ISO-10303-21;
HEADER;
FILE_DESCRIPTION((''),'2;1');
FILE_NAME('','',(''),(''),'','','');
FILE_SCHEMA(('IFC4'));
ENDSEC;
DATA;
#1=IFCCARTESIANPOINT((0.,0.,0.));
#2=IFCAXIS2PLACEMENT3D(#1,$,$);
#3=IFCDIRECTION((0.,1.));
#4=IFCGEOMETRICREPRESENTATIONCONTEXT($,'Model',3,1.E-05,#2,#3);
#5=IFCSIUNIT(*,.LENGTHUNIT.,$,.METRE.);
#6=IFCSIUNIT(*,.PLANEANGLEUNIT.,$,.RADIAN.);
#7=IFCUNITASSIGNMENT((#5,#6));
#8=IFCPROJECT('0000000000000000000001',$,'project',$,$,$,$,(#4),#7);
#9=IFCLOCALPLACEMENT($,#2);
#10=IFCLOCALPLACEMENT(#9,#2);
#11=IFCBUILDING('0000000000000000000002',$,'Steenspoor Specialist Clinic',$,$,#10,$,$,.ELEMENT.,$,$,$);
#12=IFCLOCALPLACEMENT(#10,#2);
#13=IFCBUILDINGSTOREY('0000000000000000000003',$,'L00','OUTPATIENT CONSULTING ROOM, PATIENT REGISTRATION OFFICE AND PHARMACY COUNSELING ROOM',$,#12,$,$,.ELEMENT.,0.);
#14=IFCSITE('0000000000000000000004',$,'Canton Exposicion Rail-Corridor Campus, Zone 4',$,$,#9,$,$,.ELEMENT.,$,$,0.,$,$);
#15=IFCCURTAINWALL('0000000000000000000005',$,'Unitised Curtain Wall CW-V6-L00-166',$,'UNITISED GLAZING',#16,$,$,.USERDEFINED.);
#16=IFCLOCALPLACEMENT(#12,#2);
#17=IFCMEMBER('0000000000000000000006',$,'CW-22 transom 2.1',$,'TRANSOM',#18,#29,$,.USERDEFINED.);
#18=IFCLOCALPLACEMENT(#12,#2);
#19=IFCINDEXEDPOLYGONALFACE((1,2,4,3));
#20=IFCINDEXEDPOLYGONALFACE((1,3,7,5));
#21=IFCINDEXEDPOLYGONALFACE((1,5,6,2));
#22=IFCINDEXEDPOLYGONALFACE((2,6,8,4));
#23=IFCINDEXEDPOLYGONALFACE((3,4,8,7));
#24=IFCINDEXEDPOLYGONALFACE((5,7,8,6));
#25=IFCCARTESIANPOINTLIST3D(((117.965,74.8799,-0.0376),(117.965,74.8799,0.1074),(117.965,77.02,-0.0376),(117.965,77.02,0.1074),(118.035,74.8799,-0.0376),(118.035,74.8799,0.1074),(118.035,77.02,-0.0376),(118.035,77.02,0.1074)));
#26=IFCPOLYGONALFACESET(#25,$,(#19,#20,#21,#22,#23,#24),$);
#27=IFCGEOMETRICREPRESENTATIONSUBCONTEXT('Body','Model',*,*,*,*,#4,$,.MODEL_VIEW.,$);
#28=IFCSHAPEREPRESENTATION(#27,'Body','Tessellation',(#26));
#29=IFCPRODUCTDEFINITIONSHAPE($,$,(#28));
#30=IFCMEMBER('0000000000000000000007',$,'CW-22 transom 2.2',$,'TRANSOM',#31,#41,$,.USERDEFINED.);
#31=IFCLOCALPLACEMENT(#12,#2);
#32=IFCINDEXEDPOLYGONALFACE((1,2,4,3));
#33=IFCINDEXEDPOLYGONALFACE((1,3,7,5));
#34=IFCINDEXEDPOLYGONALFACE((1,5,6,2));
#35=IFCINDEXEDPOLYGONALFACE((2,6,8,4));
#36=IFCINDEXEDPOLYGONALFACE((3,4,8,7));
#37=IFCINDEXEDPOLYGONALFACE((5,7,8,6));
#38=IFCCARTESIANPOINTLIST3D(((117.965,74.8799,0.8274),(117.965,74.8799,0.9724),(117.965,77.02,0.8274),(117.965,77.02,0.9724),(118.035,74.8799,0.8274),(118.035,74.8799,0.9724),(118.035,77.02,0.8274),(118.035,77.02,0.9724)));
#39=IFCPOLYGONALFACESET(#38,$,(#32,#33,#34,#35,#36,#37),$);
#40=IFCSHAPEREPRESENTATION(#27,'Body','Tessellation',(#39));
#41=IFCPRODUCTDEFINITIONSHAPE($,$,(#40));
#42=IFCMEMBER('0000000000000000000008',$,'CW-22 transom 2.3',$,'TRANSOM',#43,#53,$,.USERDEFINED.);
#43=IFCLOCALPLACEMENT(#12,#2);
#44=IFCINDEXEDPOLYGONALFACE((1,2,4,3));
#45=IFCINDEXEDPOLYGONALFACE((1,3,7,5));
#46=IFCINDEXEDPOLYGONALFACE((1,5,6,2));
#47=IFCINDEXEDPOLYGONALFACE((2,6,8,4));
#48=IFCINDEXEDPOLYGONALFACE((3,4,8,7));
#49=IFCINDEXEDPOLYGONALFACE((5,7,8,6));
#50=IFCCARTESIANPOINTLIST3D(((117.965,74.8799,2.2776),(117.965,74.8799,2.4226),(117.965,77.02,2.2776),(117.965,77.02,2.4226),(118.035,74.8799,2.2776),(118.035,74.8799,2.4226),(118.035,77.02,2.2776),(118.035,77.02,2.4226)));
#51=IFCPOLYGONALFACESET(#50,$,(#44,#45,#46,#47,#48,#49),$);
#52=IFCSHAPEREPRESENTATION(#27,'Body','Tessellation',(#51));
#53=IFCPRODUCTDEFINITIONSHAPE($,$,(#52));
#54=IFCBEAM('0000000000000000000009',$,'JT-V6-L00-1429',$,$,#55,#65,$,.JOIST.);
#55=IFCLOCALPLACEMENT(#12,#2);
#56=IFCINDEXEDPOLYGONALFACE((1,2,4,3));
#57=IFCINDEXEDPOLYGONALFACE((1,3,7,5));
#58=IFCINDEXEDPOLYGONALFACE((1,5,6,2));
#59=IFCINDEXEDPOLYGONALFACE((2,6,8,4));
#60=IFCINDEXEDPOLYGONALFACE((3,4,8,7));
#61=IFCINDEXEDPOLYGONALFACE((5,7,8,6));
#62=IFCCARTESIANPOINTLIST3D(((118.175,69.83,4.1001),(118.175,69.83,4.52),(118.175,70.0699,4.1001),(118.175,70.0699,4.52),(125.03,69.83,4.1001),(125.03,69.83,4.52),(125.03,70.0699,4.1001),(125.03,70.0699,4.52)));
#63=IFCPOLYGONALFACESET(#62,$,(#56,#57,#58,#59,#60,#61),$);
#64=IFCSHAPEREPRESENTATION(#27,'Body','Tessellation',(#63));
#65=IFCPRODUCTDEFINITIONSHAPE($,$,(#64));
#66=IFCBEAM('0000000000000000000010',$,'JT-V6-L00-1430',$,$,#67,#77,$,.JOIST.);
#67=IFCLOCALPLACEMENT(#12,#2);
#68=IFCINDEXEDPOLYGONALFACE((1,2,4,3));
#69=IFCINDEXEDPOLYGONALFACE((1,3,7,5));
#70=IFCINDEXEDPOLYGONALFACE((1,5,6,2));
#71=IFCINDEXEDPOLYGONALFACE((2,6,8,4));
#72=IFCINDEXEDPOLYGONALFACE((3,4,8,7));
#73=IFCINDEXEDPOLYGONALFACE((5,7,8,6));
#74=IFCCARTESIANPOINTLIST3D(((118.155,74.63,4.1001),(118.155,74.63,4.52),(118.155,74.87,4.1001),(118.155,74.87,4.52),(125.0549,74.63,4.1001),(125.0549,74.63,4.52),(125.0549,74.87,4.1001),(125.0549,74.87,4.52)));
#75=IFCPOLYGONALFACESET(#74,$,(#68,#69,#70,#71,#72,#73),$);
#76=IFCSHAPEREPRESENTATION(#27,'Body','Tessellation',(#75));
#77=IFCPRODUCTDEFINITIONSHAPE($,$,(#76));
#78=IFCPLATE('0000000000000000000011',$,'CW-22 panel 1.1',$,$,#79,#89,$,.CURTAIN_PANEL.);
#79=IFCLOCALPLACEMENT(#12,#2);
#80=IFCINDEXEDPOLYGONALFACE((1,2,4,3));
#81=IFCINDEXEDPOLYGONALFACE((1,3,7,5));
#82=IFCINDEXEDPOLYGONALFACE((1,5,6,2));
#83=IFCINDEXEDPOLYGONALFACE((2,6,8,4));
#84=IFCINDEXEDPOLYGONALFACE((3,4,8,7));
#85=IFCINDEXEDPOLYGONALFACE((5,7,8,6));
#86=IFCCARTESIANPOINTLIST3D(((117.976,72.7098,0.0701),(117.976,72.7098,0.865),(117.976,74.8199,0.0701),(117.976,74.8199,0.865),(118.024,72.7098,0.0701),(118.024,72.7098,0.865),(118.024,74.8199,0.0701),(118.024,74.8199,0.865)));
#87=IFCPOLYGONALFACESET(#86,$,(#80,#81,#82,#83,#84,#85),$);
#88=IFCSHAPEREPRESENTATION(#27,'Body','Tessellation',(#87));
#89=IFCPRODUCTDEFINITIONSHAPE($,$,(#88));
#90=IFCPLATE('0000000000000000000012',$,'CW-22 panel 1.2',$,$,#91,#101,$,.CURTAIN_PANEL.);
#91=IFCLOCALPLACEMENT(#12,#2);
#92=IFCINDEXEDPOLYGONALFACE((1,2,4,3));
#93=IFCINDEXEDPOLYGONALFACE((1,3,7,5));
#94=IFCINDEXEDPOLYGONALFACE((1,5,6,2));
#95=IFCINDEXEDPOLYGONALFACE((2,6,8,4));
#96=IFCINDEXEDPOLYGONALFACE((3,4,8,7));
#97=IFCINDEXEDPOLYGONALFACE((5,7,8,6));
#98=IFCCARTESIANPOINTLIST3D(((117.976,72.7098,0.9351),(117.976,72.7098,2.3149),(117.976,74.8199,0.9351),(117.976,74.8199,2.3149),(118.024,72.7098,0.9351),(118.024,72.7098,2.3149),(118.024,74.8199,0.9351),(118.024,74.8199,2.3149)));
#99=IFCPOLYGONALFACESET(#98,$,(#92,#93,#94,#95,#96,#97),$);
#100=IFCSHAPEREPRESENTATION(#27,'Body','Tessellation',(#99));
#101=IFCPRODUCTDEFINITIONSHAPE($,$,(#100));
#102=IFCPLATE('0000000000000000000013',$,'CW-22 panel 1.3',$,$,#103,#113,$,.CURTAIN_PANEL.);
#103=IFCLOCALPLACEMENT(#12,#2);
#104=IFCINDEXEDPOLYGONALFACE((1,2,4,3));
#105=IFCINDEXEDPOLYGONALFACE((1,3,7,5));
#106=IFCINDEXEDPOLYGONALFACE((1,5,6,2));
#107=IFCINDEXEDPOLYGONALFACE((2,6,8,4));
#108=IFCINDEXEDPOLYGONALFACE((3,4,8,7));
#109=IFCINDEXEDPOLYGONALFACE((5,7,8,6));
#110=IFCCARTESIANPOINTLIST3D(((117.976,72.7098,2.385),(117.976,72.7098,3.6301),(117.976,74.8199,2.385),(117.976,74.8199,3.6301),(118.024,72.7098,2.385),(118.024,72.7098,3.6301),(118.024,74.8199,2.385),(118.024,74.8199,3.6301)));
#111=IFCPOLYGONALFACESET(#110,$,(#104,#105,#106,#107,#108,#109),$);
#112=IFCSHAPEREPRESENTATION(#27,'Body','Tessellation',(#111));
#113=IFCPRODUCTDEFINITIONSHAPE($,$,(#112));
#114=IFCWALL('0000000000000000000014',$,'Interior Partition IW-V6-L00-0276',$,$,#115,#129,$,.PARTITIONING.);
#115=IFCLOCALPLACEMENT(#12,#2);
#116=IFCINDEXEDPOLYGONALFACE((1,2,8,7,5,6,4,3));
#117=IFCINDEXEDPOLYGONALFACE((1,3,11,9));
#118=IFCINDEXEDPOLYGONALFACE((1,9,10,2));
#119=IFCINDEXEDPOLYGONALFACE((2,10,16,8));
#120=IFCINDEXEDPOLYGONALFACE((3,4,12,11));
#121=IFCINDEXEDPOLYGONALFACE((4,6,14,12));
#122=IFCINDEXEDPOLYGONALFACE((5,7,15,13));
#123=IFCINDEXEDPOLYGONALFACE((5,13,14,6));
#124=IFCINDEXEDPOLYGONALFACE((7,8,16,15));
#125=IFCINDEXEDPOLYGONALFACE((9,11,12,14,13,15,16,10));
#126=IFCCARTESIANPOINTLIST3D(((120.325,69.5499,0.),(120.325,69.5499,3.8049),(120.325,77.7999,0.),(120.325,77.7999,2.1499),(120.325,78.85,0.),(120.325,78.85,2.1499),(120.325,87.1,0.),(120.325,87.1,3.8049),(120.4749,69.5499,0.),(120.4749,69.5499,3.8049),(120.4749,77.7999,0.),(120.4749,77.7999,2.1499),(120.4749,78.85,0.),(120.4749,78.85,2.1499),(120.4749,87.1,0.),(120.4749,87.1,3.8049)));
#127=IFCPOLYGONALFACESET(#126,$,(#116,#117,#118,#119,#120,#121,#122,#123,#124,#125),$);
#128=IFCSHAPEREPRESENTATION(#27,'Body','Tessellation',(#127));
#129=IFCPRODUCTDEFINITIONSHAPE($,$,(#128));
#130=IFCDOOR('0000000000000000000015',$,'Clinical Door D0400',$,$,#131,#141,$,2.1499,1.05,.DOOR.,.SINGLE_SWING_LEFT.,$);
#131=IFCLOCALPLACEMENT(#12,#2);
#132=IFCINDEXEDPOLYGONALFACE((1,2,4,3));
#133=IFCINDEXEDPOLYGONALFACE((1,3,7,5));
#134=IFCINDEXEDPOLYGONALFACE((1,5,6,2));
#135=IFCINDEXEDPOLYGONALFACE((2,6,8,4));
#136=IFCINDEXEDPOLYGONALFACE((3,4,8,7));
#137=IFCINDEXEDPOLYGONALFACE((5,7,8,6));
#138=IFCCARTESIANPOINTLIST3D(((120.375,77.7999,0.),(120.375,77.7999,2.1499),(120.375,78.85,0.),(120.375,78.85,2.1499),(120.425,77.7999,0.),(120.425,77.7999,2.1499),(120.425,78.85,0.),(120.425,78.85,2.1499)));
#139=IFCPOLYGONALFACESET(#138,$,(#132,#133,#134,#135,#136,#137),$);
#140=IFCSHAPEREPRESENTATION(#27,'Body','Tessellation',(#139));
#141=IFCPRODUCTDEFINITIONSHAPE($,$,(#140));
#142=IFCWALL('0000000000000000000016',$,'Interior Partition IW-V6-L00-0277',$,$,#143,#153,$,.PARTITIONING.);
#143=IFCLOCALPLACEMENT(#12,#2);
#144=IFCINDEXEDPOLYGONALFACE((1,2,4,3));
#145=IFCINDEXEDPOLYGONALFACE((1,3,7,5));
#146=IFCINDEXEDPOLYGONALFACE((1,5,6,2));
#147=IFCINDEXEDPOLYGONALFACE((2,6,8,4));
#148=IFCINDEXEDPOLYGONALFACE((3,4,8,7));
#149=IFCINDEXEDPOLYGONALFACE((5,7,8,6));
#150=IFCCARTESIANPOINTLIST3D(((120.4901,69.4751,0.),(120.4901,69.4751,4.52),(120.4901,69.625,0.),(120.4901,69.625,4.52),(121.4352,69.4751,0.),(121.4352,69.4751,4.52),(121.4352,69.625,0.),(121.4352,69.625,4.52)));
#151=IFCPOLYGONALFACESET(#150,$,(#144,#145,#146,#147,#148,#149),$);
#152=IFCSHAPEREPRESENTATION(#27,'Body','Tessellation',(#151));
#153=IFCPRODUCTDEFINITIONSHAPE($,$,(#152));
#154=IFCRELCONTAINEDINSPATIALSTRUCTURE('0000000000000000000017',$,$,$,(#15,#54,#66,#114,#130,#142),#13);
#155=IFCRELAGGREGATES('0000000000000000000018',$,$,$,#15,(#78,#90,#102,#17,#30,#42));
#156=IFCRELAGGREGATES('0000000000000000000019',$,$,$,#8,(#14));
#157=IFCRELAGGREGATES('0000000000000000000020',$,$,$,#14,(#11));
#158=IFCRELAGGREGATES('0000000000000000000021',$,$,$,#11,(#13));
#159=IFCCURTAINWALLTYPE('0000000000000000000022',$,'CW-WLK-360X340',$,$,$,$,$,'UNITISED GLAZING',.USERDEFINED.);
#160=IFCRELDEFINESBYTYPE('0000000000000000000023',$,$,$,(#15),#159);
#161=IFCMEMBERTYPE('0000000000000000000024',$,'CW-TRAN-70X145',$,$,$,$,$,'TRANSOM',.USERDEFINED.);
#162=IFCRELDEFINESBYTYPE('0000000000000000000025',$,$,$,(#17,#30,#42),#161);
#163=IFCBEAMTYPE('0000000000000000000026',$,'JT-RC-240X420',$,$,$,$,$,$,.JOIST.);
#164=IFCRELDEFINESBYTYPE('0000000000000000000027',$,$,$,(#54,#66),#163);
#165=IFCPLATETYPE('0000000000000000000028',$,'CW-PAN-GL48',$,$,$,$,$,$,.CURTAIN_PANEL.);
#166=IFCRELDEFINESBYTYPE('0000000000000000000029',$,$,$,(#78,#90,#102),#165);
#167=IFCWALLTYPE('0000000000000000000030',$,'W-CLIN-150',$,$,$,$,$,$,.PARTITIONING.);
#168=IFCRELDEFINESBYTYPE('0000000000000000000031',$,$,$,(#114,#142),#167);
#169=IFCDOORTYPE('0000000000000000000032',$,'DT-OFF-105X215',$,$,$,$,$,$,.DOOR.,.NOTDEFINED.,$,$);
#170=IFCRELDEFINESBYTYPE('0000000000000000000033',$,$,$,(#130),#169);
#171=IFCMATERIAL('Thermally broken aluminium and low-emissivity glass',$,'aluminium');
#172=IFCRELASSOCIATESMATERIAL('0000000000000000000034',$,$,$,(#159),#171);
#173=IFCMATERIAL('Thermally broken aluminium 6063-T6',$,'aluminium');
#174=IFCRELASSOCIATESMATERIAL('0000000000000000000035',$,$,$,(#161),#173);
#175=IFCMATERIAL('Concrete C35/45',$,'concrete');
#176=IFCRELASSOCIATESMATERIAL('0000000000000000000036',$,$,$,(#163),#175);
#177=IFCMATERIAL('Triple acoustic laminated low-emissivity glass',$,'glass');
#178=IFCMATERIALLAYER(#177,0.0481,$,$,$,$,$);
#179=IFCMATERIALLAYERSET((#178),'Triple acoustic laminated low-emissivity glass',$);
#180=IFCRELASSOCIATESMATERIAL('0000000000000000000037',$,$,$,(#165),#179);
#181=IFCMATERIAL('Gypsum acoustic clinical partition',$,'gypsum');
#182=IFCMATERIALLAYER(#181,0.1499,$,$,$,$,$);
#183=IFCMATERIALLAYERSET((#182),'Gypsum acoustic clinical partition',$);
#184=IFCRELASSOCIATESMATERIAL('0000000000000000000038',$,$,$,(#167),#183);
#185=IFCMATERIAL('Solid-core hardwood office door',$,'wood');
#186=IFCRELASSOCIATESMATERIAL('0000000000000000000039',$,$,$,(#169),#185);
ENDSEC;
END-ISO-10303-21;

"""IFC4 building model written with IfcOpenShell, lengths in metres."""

from ifc_helpers import new_model, si_unit, direction, frame, frame_2d, origin, origin_2d, place, context, subcontext, project, spatial, rectangle, extrude, material, layer, layer_set, material_profile, profile_set, type_object, element, fill, aggregate, save


model = new_model("IFC4")

# Units and contexts
model_context = context("Model", 3, precision=1e-05, world=origin(), true_north=direction((0.0, 1.0)))
body_context = subcontext(model_context, "Body", "Model", "MODEL_VIEW")
ifc_project = project(units=[si_unit("LENGTHUNIT", "METRE"), si_unit("PLANEANGLEUNIT", "RADIAN")], contexts=[model_context])

# Site, building, storey
site_placement = place(None, origin())
site = spatial("IfcSite", under=ifc_project, at=site_placement, Name="Canton Exposicion Rail-Corridor Campus, Zone 4", CompositionType="ELEMENT", RefElevation=0.0)
building_placement = place(site_placement, origin())
building = spatial("IfcBuilding", under=site, at=building_placement, Name="Steenspoor Specialist Clinic", CompositionType="ELEMENT")
storey_placement = place(building_placement, origin())
storey = spatial("IfcBuildingStorey", under=building, at=storey_placement, Name="L00", Description="OUTPATIENT CONSULTING ROOM, PATIENT REGISTRATION OFFICE AND PHARMACY COUNSELING ROOM", CompositionType="ELEMENT", Elevation=0.0)

# Shared definitions
ifc_material_1 = material(Name="Concrete C35/45", Category="concrete")

# Curtain wall, members
ifc_material_2 = material(Name="Thermally broken aluminium and low-emissivity glass", Category="aluminium")
curtain_wall_type = type_object("IfcCurtainWallType", Name="CW-WLK-360X340", ElementType="UNITISED GLAZING", PredefinedType="USERDEFINED", material=ifc_material_2)
curtain_wall_placement = place(storey_placement, origin())
curtain_wall = element("IfcCurtainWall", 1, at=curtain_wall_placement, inside=storey, type_object=curtain_wall_type, Name="Unitised Curtain Wall CW-V6-L00-166", ObjectType="UNITISED GLAZING", PredefinedType="USERDEFINED")
ifc_material_3 = material(Name="Thermally broken aluminium 6063-T6", Category="aluminium")
ifc_material_profile_1 = material_profile(ifc_material_3, rectangle(XDim=0.0701, YDim=0.145, at=origin_2d()), Name="CWT-70X145")
ifc_profile_set_1 = profile_set([ifc_material_profile_1], Name="Thermally broken aluminium 6063-T6")
member_type_1 = type_object("IfcMemberType", Name="CW-TRAN-70X145", ElementType="TRANSOM", PredefinedType="USERDEFINED", material=ifc_profile_set_1)
member_1_placement = place(storey_placement, frame((118.0, 74.8799, 0.0349), z_axis=(0.0, 1.0, 0.0), x_axis=(-1.0, 0.0, 0.0)))
member_1 = element("IfcMember", 2, at=member_1_placement, type_object=member_type_1, Name="CW-22 transom 2.1", ObjectType="TRANSOM", PredefinedType="USERDEFINED", context=body_context, shape_type="SweptSolid", body=[
    extrude(rectangle(XDim=0.0701, YDim=0.145, at=origin_2d()), origin(), (0.0, 0.0, 1.0), 2.1401),
])
member_2_placement = place(storey_placement, frame((118.0, 74.8799, 0.8999), z_axis=(0.0, 1.0, 0.0), x_axis=(-1.0, 0.0, 0.0)))
member_2 = element("IfcMember", 3, at=member_2_placement, type_object=member_type_1, Name="CW-22 transom 2.2", ObjectType="TRANSOM", PredefinedType="USERDEFINED", context=body_context, shape_type="SweptSolid", body=[
    extrude(rectangle(XDim=0.0701, YDim=0.145, at=origin_2d()), origin(), (0.0, 0.0, 1.0), 2.1401),
])
member_3_placement = place(storey_placement, frame((118.0, 74.8799, 2.3501), z_axis=(0.0, 1.0, 0.0), x_axis=(-1.0, 0.0, 0.0)))
member_3 = element("IfcMember", 4, at=member_3_placement, type_object=member_type_1, Name="CW-22 transom 2.3", ObjectType="TRANSOM", PredefinedType="USERDEFINED", context=body_context, shape_type="SweptSolid", body=[
    extrude(rectangle(XDim=0.0701, YDim=0.145, at=origin_2d()), origin(), (0.0, 0.0, 1.0), 2.1401),
])

# Beams
ifc_material_profile_2 = material_profile(ifc_material_1, rectangle(XDim=0.24, YDim=0.4199, at=origin_2d()), Name="RC-JT-240X420")
ifc_profile_set_2 = profile_set([ifc_material_profile_2], Name="Concrete C35/45")
beam_type_1 = type_object("IfcBeamType", Name="JT-RC-240X420", PredefinedType="JOIST", material=ifc_profile_set_2)
beam_1_placement = place(storey_placement, frame((118.175, 69.95, 4.3101), z_axis=(1.0, 0.0, 0.0), x_axis=(0.0, 1.0, 0.0)))
element("IfcBeam", 5, at=beam_1_placement, inside=storey, type_object=beam_type_1, Name="JT-V6-L00-1429", PredefinedType="JOIST", context=body_context, shape_type="SweptSolid", body=[
    extrude(rectangle(XDim=0.24, YDim=0.4199, at=origin_2d()), origin(), (0.0, 0.0, 1.0), 6.855),
])
beam_2_placement = place(storey_placement, frame((118.155, 74.75, 4.3101), z_axis=(1.0, 0.0, 0.0), x_axis=(0.0, 1.0, 0.0)))
element("IfcBeam", 6, at=beam_2_placement, inside=storey, type_object=beam_type_1, Name="JT-V6-L00-1430", PredefinedType="JOIST", context=body_context, shape_type="SweptSolid", body=[
    extrude(rectangle(XDim=0.24, YDim=0.4199, at=origin_2d()), origin(), (0.0, 0.0, 1.0), 6.8999),
])

# Plates
ifc_material_4 = material(Name="Triple acoustic laminated low-emissivity glass", Category="glass")
ifc_layer_1 = layer(ifc_material_4, 0.0481)
ifc_layer_set_1 = layer_set([ifc_layer_1], Name="Triple acoustic laminated low-emissivity glass")
plate_type = type_object("IfcPlateType", Name="CW-PAN-GL48", PredefinedType="CURTAIN_PANEL", material=ifc_layer_set_1)
plate_1_placement = place(storey_placement, frame((118.0, 73.7649, 0.0701), z_axis=(0.0, 0.0, 1.0), x_axis=(0.0, 1.0, 0.0)))
plate_1 = element("IfcPlate", 7, at=plate_1_placement, type_object=plate_type, Name="CW-22 panel 1.1", PredefinedType="CURTAIN_PANEL", context=body_context, shape_type="SweptSolid", body=[
    extrude(rectangle(XDim=2.1101, YDim=0.0481, at=origin_2d()), origin(), (0.0, 0.0, 1.0), 0.7949),
])
plate_2_placement = place(storey_placement, frame((118.0, 73.7649, 0.9351), z_axis=(0.0, 0.0, 1.0), x_axis=(0.0, 1.0, 0.0)))
plate_2 = element("IfcPlate", 8, at=plate_2_placement, type_object=plate_type, Name="CW-22 panel 1.2", PredefinedType="CURTAIN_PANEL", context=body_context, shape_type="SweptSolid", body=[
    extrude(rectangle(XDim=2.1101, YDim=0.0481, at=origin_2d()), origin(), (0.0, 0.0, 1.0), 1.3799),
])
plate_3_placement = place(storey_placement, frame((118.0, 73.7649, 2.385), z_axis=(0.0, 0.0, 1.0), x_axis=(0.0, 1.0, 0.0)))
plate_3 = element("IfcPlate", 9, at=plate_3_placement, type_object=plate_type, Name="CW-22 panel 1.3", PredefinedType="CURTAIN_PANEL", context=body_context, shape_type="SweptSolid", body=[
    extrude(rectangle(XDim=2.1101, YDim=0.0481, at=origin_2d()), origin(), (0.0, 0.0, 1.0), 1.2451),
])
aggregate(curtain_wall, [plate_1, plate_2, plate_3, member_1, member_2, member_3])

# Wall, opening, door
ifc_material_5 = material(Name="Gypsum acoustic clinical partition", Category="gypsum")
ifc_layer_2 = layer(ifc_material_5, 0.1499)
ifc_layer_set_2 = layer_set([ifc_layer_2], Name="Gypsum acoustic clinical partition")
wall_type_1 = type_object("IfcWallType", Name="W-CLIN-150", PredefinedType="PARTITIONING", material=ifc_layer_set_2)
wall_1_placement = place(storey_placement, frame((120.3999, 69.55, 0.0), z_axis=(0.0, 0.0, 1.0), x_axis=(0.0, 1.0, 0.0)))
wall_1 = element("IfcWall", 10, at=wall_1_placement, inside=storey, type_object=wall_type_1, Name="Interior Partition IW-V6-L00-0276", PredefinedType="PARTITIONING", context=body_context, shape_type="SweptSolid", body=[
    extrude(rectangle(XDim=17.55, YDim=0.1499, at=frame_2d((8.7749, 0.0))), origin(), (0.0, 0.0, 1.0), 3.8049),
])
opening_1_placement = place(wall_1_placement, frame((8.25, 0.0, 0.0)))
opening_1 = element("IfcOpeningElement", 11, at=opening_1_placement, cuts=wall_1, PredefinedType="OPENING", context=body_context, shape_type="SweptSolid", body=[
    extrude(rectangle(XDim=1.05, YDim=2.1499, at=frame_2d((0.5249, 1.075))), frame((0.0, 0.085, 0.0), z_axis=(0.0, -1.0, 0.0), x_axis=(1.0, 0.0, 0.0)), (0.0, 0.0, 1.0), 0.1699),
])
ifc_material_6 = material(Name="Solid-core hardwood office door", Category="wood")
door_type_1 = type_object("IfcDoorType", Name="DT-OFF-105X215", OperationType="NOTDEFINED", PredefinedType="DOOR", material=ifc_material_6)
door_1_placement = place(opening_1_placement, origin())
door_1 = element("IfcDoor", 12, at=door_1_placement, inside=storey, type_object=door_type_1, Name="Clinical Door D0400", OperationType="SINGLE_SWING_LEFT", OverallHeight=2.1499, OverallWidth=1.05, PredefinedType="DOOR", context=body_context, shape_type="SweptSolid", body=[
    extrude(rectangle(XDim=1.05, YDim=2.1499, at=frame_2d((0.5249, 1.075))), frame((0.0, 0.0249, 0.0), z_axis=(0.0, -1.0, 0.0), x_axis=(1.0, 0.0, 0.0)), (0.0, 0.0, 1.0), 0.05),
])
fill(opening_1, door_1)

# Wall
wall_2_placement = place(storey_placement, frame((120.49, 69.55, 0.0), z_axis=(0.0, 0.0, 1.0), x_axis=(1.0, 0.0, 0.0)))
element("IfcWall", 13, at=wall_2_placement, inside=storey, type_object=wall_type_1, Name="Interior Partition IW-V6-L00-0277", PredefinedType="PARTITIONING", context=body_context, shape_type="SweptSolid", body=[
    extrude(rectangle(XDim=0.9451, YDim=0.1499, at=frame_2d((0.4727, 0.0))), origin(), (0.0, 0.0, 1.0), 4.52),
])

save(model, "model.ifc")
